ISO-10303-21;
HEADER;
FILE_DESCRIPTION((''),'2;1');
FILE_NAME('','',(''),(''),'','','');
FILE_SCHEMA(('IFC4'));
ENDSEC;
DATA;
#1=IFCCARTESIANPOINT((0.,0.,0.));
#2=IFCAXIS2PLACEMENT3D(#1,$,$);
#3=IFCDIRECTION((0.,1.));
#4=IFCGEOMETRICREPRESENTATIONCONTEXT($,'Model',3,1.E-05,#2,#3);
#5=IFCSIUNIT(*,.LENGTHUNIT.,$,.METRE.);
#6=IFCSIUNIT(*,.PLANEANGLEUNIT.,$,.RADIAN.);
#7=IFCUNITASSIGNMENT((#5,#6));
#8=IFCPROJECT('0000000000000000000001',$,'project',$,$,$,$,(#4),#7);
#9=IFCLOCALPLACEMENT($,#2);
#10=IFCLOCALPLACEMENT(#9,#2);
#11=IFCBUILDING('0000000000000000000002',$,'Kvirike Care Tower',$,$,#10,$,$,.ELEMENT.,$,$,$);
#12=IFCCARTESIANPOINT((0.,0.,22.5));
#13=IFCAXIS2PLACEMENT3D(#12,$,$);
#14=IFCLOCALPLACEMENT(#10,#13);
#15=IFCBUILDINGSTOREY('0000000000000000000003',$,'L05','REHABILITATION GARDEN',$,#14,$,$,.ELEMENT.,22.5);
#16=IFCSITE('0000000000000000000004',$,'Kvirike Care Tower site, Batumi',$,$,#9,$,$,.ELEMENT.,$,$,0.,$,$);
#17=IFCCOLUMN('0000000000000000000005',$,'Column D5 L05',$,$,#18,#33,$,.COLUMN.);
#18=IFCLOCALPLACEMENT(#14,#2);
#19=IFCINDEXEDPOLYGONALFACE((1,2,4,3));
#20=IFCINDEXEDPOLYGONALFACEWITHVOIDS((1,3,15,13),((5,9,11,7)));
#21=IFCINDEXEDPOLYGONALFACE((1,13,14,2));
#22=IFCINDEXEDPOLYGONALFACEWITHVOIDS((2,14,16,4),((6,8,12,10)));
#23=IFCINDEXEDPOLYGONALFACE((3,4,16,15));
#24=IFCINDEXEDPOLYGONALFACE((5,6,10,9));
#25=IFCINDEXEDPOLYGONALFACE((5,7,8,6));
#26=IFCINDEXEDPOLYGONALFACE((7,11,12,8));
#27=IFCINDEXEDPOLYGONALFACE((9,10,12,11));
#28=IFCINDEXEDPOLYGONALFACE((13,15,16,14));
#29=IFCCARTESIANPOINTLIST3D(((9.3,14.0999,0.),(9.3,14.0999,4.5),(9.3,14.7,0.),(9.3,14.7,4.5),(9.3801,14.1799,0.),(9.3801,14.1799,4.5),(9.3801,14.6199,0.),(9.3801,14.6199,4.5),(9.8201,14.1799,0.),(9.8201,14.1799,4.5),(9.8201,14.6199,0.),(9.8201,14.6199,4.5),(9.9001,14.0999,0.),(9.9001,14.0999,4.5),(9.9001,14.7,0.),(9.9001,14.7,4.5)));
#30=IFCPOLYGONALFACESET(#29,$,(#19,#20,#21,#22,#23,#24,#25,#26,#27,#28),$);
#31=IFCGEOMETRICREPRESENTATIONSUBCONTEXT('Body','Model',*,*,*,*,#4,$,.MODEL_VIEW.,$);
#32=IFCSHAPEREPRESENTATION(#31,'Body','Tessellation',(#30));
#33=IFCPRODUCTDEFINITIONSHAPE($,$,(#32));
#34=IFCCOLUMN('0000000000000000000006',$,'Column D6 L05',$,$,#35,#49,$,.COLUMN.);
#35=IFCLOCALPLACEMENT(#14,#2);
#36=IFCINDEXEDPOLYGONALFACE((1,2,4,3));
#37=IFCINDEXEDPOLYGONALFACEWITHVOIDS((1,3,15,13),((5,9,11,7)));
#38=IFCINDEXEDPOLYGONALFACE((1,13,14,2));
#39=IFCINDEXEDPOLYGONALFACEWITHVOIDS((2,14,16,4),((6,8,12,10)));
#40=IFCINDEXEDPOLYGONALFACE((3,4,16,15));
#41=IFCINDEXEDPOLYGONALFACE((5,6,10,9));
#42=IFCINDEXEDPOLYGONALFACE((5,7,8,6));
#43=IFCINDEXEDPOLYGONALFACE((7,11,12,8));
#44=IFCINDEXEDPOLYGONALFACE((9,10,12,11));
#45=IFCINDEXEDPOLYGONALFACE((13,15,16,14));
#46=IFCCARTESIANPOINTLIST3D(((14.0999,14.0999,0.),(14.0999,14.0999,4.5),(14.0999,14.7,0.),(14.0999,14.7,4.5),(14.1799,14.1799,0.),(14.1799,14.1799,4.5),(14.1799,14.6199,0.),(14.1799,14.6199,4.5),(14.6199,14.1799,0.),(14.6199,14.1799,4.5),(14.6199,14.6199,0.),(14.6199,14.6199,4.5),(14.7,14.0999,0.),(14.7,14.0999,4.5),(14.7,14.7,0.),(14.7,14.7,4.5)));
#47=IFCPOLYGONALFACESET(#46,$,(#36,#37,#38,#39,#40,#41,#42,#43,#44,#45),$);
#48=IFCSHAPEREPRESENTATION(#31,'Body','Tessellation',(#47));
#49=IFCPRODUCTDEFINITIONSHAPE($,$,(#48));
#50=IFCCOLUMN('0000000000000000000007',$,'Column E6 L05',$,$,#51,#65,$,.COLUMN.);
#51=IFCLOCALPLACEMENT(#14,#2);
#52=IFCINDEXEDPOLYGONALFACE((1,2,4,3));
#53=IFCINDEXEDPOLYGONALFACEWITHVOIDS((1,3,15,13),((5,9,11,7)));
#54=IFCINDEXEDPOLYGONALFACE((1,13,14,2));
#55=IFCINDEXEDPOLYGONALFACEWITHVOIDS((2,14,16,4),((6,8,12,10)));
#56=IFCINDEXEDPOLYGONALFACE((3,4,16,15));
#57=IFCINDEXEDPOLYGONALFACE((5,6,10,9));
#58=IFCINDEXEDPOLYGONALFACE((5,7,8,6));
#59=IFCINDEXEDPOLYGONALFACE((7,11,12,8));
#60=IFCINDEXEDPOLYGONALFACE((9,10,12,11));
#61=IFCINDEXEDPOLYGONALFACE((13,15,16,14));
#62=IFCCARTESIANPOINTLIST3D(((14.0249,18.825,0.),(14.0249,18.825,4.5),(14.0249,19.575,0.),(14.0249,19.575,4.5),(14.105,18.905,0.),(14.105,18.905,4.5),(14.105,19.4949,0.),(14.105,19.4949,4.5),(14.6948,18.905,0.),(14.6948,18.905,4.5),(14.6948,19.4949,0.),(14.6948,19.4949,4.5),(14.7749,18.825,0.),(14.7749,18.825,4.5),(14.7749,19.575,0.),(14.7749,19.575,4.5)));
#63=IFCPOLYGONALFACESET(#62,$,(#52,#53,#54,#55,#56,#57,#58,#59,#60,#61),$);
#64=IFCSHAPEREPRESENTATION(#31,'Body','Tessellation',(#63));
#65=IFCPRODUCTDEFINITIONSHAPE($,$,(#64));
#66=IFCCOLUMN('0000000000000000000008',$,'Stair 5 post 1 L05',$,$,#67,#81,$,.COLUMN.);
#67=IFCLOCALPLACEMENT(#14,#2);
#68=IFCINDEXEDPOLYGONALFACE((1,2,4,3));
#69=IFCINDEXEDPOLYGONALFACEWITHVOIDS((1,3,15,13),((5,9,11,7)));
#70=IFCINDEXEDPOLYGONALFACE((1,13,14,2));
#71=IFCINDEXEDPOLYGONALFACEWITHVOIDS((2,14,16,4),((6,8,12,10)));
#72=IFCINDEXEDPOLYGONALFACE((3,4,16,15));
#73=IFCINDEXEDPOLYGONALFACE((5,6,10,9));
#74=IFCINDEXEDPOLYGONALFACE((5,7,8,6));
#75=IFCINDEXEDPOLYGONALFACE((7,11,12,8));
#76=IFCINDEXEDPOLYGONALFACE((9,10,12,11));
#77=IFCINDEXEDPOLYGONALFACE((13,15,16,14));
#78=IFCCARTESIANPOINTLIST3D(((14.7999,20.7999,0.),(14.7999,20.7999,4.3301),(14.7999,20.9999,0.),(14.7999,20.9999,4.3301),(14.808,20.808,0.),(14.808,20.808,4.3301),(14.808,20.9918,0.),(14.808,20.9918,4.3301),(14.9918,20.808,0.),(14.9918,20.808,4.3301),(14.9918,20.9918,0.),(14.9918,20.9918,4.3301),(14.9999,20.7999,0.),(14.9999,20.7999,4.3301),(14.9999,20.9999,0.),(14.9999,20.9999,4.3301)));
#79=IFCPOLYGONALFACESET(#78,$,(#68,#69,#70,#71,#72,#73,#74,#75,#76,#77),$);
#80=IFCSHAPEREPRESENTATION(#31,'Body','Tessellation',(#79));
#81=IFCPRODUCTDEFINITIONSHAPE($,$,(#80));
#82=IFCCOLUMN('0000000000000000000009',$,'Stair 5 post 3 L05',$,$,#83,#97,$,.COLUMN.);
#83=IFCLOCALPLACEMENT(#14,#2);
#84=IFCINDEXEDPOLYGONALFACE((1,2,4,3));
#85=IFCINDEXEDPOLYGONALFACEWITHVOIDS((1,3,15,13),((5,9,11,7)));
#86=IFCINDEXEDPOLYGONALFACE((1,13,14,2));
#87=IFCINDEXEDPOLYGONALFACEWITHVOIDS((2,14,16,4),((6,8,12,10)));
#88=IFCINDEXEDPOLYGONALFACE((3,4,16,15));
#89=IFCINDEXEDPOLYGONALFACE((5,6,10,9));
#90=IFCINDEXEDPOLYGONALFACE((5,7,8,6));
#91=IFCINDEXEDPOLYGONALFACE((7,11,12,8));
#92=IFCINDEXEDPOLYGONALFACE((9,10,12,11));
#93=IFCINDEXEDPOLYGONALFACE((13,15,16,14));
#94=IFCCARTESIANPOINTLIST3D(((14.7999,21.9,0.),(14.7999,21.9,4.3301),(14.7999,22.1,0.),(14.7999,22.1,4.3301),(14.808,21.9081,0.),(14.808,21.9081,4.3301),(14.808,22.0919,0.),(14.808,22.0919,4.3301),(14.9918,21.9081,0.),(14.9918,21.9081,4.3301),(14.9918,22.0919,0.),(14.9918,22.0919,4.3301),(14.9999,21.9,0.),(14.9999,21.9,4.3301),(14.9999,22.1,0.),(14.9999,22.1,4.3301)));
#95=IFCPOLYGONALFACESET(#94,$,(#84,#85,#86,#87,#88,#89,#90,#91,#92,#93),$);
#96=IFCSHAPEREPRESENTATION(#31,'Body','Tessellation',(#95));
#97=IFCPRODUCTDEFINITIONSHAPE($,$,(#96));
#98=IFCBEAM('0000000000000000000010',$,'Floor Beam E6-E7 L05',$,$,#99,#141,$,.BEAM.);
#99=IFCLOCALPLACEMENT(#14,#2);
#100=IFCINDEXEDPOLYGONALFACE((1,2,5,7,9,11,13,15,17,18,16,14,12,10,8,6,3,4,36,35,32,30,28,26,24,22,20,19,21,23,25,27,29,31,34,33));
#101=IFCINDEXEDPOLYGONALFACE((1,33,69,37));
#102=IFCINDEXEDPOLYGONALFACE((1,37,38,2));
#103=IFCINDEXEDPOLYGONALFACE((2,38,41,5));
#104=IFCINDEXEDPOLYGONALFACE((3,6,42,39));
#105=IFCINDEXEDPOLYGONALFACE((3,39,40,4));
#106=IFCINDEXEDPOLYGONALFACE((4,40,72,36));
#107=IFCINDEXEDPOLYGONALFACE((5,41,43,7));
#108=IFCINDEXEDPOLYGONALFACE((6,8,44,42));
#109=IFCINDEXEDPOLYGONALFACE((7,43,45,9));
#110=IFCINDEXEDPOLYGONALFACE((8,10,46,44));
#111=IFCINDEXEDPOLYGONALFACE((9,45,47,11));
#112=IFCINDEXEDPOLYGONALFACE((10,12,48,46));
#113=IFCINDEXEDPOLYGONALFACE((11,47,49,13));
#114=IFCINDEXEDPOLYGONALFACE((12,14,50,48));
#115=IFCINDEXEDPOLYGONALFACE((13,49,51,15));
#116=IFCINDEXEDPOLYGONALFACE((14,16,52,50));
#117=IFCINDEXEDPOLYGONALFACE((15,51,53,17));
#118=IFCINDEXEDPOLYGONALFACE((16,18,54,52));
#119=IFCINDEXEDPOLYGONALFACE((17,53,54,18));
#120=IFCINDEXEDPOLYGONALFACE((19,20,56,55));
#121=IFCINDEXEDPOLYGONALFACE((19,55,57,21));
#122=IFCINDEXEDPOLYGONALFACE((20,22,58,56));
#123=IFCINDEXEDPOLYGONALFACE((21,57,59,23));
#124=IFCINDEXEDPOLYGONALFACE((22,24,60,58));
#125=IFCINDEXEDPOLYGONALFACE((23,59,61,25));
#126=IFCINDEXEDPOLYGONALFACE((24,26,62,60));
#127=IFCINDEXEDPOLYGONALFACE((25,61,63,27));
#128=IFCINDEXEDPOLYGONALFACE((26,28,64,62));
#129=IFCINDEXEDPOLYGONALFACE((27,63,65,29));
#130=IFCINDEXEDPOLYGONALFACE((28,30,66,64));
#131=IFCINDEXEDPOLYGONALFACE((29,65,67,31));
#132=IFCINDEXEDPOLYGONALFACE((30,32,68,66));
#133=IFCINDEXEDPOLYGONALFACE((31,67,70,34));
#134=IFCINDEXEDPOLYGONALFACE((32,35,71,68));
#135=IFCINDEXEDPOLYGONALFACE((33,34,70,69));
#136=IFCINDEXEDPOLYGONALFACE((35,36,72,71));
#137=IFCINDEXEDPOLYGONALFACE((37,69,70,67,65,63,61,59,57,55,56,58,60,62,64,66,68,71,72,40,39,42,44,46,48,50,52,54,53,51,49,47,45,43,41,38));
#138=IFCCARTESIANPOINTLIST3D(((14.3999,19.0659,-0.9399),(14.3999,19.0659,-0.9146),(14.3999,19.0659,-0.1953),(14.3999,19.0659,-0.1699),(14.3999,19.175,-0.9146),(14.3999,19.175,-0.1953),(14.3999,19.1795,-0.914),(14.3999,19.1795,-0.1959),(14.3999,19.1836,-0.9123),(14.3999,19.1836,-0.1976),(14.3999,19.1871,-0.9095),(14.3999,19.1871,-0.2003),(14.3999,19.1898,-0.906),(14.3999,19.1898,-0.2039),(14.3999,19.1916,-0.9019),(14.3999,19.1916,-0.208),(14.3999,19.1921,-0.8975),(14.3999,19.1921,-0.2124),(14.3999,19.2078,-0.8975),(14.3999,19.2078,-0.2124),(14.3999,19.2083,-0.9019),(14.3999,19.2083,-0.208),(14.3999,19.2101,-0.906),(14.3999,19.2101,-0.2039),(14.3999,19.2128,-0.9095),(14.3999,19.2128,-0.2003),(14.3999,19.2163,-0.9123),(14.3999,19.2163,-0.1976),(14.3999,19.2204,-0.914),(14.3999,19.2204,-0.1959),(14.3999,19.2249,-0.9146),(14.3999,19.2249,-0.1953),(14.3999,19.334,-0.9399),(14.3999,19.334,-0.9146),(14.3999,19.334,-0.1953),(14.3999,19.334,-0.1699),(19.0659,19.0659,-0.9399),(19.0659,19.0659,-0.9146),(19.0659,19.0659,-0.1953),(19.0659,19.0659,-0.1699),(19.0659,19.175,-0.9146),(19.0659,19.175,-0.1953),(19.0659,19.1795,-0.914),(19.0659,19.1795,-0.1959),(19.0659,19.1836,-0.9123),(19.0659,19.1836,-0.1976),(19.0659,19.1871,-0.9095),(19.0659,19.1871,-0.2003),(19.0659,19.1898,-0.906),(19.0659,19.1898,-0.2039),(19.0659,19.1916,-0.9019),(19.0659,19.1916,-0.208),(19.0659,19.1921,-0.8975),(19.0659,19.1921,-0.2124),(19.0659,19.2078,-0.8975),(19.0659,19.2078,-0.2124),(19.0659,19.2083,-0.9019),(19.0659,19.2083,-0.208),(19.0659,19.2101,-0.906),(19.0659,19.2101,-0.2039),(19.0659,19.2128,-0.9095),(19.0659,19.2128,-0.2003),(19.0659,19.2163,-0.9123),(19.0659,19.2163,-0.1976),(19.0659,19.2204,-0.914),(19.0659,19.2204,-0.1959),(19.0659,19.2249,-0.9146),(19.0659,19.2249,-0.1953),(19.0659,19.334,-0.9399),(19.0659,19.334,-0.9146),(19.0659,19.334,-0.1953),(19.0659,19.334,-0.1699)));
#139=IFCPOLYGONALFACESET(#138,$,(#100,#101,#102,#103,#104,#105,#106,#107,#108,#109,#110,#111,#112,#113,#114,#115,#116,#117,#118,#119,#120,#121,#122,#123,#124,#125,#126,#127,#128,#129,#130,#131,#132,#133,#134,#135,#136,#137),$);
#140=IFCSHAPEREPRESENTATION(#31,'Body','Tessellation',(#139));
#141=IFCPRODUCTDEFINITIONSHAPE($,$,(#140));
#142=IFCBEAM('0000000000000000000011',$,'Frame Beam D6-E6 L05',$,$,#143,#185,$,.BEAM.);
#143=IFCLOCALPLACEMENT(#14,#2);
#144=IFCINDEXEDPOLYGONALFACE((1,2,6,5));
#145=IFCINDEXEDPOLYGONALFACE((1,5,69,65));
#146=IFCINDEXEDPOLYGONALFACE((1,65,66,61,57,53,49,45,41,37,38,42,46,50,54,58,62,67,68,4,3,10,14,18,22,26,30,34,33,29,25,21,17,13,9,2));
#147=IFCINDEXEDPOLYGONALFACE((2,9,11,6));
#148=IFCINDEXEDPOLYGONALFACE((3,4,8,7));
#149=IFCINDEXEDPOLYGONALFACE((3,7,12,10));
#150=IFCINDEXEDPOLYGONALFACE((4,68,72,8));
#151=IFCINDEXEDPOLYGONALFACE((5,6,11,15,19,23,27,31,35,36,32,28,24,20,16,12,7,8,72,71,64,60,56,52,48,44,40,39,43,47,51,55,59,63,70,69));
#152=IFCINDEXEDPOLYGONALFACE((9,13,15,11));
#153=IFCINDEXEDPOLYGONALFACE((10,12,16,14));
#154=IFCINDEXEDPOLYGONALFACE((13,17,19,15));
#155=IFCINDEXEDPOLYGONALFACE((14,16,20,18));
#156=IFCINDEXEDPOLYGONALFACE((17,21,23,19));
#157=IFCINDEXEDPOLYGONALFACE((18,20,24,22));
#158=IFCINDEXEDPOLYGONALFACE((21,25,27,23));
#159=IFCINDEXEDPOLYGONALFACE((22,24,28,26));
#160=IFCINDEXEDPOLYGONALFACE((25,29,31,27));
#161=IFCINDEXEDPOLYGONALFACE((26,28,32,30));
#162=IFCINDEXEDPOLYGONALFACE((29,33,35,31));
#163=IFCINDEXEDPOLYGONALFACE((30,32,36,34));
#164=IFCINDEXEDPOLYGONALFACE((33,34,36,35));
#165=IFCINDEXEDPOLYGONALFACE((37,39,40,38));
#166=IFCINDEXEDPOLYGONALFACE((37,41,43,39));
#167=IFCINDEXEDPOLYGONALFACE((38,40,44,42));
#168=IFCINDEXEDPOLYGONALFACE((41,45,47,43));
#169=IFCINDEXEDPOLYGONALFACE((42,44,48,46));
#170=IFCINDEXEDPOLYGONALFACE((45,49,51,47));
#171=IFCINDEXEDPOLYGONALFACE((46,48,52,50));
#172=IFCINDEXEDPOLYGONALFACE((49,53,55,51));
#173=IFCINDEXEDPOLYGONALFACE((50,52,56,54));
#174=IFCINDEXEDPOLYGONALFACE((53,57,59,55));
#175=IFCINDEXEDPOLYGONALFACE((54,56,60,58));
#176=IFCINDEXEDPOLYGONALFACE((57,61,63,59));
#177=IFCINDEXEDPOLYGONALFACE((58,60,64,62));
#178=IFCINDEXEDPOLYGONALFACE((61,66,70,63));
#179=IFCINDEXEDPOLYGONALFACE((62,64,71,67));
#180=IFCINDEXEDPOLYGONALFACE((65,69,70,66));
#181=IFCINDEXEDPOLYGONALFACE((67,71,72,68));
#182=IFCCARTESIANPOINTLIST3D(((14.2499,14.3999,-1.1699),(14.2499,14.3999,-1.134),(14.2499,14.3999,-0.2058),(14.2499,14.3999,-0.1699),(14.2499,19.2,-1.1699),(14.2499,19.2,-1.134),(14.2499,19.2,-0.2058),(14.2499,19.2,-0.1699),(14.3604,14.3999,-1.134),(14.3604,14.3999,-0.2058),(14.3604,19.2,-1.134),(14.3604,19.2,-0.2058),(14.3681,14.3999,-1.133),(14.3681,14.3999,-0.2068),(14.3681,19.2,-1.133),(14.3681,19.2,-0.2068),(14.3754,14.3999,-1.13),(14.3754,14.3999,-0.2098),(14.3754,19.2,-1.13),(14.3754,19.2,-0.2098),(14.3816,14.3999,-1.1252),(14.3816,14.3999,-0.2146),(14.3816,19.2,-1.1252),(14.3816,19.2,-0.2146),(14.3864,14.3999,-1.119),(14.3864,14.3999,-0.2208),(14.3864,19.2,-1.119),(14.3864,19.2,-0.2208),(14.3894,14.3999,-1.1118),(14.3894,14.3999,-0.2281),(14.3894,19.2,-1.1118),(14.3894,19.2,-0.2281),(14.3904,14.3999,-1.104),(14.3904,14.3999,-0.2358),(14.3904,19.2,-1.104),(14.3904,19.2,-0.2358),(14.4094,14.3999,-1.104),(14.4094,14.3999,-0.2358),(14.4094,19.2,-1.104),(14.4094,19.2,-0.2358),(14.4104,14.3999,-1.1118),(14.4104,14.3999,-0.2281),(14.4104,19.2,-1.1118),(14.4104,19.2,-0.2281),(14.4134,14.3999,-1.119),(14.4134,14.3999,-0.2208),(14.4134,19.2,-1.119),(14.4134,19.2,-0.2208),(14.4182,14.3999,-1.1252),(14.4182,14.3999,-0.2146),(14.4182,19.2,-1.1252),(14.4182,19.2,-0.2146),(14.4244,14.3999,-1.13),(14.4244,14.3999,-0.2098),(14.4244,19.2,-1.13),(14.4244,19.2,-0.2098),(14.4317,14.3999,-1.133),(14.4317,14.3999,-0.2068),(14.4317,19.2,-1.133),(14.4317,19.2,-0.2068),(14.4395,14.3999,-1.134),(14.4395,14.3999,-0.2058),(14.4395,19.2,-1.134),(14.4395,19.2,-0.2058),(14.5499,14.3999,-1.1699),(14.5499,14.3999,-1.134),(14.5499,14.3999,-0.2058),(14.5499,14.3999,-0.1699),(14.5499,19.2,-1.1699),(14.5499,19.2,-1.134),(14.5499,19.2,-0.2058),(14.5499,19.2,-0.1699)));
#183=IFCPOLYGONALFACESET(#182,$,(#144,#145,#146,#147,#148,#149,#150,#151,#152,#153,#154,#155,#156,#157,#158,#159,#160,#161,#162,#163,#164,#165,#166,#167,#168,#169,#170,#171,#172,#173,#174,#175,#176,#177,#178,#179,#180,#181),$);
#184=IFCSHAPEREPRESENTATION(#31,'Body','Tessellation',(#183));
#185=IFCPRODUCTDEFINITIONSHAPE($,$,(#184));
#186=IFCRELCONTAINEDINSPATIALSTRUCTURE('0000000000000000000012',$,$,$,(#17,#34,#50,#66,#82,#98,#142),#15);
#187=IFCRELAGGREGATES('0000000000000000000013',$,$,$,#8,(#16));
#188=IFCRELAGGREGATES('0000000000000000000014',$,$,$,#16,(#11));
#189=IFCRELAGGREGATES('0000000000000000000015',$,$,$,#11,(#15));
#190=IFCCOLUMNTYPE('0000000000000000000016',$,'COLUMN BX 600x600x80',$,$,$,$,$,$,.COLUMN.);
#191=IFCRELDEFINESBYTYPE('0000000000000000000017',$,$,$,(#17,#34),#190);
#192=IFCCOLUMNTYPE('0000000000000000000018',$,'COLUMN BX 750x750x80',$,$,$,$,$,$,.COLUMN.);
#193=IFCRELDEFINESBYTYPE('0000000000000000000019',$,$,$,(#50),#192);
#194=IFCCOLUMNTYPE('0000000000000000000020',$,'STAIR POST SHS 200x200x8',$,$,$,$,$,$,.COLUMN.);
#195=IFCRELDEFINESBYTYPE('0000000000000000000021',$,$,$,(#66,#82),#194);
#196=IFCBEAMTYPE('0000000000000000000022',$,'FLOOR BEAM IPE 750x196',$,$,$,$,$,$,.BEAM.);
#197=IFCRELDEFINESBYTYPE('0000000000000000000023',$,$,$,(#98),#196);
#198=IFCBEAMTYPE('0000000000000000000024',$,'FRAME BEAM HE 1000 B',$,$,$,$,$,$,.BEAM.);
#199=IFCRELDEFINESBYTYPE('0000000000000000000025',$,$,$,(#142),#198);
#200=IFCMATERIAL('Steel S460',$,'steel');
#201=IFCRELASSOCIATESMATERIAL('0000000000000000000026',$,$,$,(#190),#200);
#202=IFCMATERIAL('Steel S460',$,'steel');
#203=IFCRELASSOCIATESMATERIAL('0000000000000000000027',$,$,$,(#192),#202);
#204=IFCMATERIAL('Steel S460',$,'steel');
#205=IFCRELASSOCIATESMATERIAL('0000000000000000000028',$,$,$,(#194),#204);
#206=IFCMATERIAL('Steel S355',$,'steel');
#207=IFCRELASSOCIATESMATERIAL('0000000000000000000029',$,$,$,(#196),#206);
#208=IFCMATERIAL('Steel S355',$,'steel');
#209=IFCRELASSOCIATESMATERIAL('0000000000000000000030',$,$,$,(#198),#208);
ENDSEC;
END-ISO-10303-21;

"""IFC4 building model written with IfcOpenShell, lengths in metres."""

from ifc_helpers import new_model, si_unit, direction, frame, origin, origin_2d, place, context, subcontext, project, spatial, hollow_rectangle, i_section, extrude, material, material_profile, profile_set, type_object, element, save


model = new_model("IFC4")

# Units and contexts
model_context = context("Model", 3, precision=1e-05, world=origin(), true_north=direction((0.0, 1.0)))
body_context = subcontext(model_context, "Body", "Model", "MODEL_VIEW")
ifc_project = project(units=[si_unit("LENGTHUNIT", "METRE"), si_unit("PLANEANGLEUNIT", "RADIAN")], contexts=[model_context])

# Site, building, storey
site_placement = place(None, origin())
site = spatial("IfcSite", under=ifc_project, at=site_placement, Name="Kvirike Care Tower site, Batumi", CompositionType="ELEMENT", RefElevation=0.0)
building_placement = place(site_placement, origin())
building = spatial("IfcBuilding", under=site, at=building_placement, Name="Kvirike Care Tower", CompositionType="ELEMENT")
storey_placement = place(building_placement, frame((0.0, 0.0, 22.5)))
storey = spatial("IfcBuildingStorey", under=building, at=storey_placement, Name="L05", Description="REHABILITATION GARDEN", CompositionType="ELEMENT", Elevation=22.5)

# Columns
ifc_material_1 = material(Name="Steel S460", Category="steel")
ifc_material_profile_1 = material_profile(ifc_material_1, hollow_rectangle(XDim=0.6001, YDim=0.6001, WallThickness=0.0801, at=origin_2d()), Name="BX 600x600x80")
ifc_profile_set_1 = profile_set([ifc_material_profile_1], Name="Steel S460")
column_type_1 = type_object("IfcColumnType", Name="COLUMN BX 600x600x80", PredefinedType="COLUMN", material=ifc_profile_set_1)
for number, where, z_axis, x_axis, name in (
    (1, (9.6001, 14.3999, 0.0), (0.0, 0.0, 1.0), (0.0, 1.0, 0.0), "Column D5 L05"),
    (2, (14.3999, 14.3999, 0.0), (0.0, 0.0, 1.0), (0.0, 1.0, 0.0), "Column D6 L05"),
):
    element("IfcColumn", number, at=place(storey_placement, frame(where, z_axis=z_axis, x_axis=x_axis)), inside=storey, type_object=column_type_1, Name=name, PredefinedType="COLUMN", context=body_context, shape_type="SweptSolid", body=[
        extrude(hollow_rectangle(XDim=0.6001, YDim=0.6001, WallThickness=0.0801, at=origin_2d()), origin(), (0.0, 0.0, 1.0), 4.5),
    ])
ifc_material_2 = material(Name="Steel S460", Category="steel")
ifc_material_profile_2 = material_profile(ifc_material_2, hollow_rectangle(XDim=0.75, YDim=0.75, WallThickness=0.0801, at=origin_2d()), Name="BX 750x750x80")
ifc_profile_set_2 = profile_set([ifc_material_profile_2], Name="Steel S460")
column_type_2 = type_object("IfcColumnType", Name="COLUMN BX 750x750x80", PredefinedType="COLUMN", material=ifc_profile_set_2)
column_placement = place(storey_placement, frame((14.3999, 19.2, 0.0), z_axis=(0.0, 0.0, 1.0), x_axis=(1.0, 0.0, 0.0)))
element("IfcColumn", 3, at=column_placement, inside=storey, type_object=column_type_2, Name="Column E6 L05", PredefinedType="COLUMN", context=body_context, shape_type="SweptSolid", body=[
    extrude(hollow_rectangle(XDim=0.75, YDim=0.75, WallThickness=0.0801, at=origin_2d()), origin(), (0.0, 0.0, 1.0), 4.5),
])
ifc_material_3 = material(Name="Steel S460", Category="steel")
ifc_material_profile_3 = material_profile(ifc_material_3, hollow_rectangle(XDim=0.2, YDim=0.2, WallThickness=0.0081, at=origin_2d()), Name="SHS 200x200x8")
ifc_profile_set_3 = profile_set([ifc_material_profile_3], Name="Steel S460")
column_type_3 = type_object("IfcColumnType", Name="STAIR POST SHS 200x200x8", PredefinedType="COLUMN", material=ifc_profile_set_3)
for number, where, z_axis, x_axis, name in (
    (4, (14.8999, 20.8999, 0.0), (0.0, 0.0, 1.0), (1.0, 0.0, 0.0), "Stair 5 post 1 L05"),
    (5, (14.8999, 22.0, 0.0), (0.0, 0.0, 1.0), (1.0, 0.0, 0.0), "Stair 5 post 3 L05"),
):
    element("IfcColumn", number, at=place(storey_placement, frame(where, z_axis=z_axis, x_axis=x_axis)), inside=storey, type_object=column_type_3, Name=name, PredefinedType="COLUMN", context=body_context, shape_type="SweptSolid", body=[
        extrude(hollow_rectangle(XDim=0.2, YDim=0.2, WallThickness=0.0081, at=origin_2d()), origin(), (0.0, 0.0, 1.0), 4.3301),
    ])

# Beams
ifc_material_4 = material(Name="Steel S355", Category="steel")
ifc_material_profile_4 = material_profile(ifc_material_4, i_section(OverallWidth=0.2681, OverallDepth=0.77, WebThickness=0.0156, FlangeThickness=0.0254, FilletRadius=0.0171, at=origin_2d()), Name="IPE 750x196")
ifc_profile_set_4 = profile_set([ifc_material_profile_4], Name="Steel S355")
beam_type_1 = type_object("IfcBeamType", Name="FLOOR BEAM IPE 750x196", PredefinedType="BEAM", material=ifc_profile_set_4)
beam_1_placement = place(storey_placement, frame((14.3999, 19.2, -0.5549), z_axis=(1.0, 0.0, 0.0), x_axis=(0.0, 1.0, 0.0)))
element("IfcBeam", 6, at=beam_1_placement, inside=storey, type_object=beam_type_1, Name="Floor Beam E6-E7 L05", PredefinedType="BEAM", context=body_context, shape_type="SweptSolid", body=[
    extrude(i_section(OverallWidth=0.2681, OverallDepth=0.77, WebThickness=0.0156, FlangeThickness=0.0254, FilletRadius=0.0171, at=origin_2d()), origin(), (0.0, 0.0, 1.0), 4.666),
])
ifc_material_5 = material(Name="Steel S355", Category="steel")
ifc_material_profile_5 = material_profile(ifc_material_5, i_section(OverallWidth=0.3, OverallDepth=1.0, WebThickness=0.019, FlangeThickness=0.0359, FilletRadius=0.03, at=origin_2d()), Name="HE 1000 B")
ifc_profile_set_5 = profile_set([ifc_material_profile_5], Name="Steel S355")
beam_type_2 = type_object("IfcBeamType", Name="FRAME BEAM HE 1000 B", PredefinedType="BEAM", material=ifc_profile_set_5)
for number, where, z_axis, x_axis, name in (
    (7, (14.3999, 14.3999, -0.6699), (0.0, 1.0, 0.0), (-1.0, 0.0, 0.0), "Frame Beam D6-E6 L05"),
):
    element("IfcBeam", number, at=place(storey_placement, frame(where, z_axis=z_axis, x_axis=x_axis)), inside=storey, type_object=beam_type_2, Name=name, PredefinedType="BEAM", context=body_context, shape_type="SweptSolid", body=[
        extrude(i_section(OverallWidth=0.3, OverallDepth=1.0, WebThickness=0.019, FlangeThickness=0.0359, FilletRadius=0.03, at=origin_2d()), origin(), (0.0, 0.0, 1.0), 4.8),
    ])

save(model, "model.ifc")
